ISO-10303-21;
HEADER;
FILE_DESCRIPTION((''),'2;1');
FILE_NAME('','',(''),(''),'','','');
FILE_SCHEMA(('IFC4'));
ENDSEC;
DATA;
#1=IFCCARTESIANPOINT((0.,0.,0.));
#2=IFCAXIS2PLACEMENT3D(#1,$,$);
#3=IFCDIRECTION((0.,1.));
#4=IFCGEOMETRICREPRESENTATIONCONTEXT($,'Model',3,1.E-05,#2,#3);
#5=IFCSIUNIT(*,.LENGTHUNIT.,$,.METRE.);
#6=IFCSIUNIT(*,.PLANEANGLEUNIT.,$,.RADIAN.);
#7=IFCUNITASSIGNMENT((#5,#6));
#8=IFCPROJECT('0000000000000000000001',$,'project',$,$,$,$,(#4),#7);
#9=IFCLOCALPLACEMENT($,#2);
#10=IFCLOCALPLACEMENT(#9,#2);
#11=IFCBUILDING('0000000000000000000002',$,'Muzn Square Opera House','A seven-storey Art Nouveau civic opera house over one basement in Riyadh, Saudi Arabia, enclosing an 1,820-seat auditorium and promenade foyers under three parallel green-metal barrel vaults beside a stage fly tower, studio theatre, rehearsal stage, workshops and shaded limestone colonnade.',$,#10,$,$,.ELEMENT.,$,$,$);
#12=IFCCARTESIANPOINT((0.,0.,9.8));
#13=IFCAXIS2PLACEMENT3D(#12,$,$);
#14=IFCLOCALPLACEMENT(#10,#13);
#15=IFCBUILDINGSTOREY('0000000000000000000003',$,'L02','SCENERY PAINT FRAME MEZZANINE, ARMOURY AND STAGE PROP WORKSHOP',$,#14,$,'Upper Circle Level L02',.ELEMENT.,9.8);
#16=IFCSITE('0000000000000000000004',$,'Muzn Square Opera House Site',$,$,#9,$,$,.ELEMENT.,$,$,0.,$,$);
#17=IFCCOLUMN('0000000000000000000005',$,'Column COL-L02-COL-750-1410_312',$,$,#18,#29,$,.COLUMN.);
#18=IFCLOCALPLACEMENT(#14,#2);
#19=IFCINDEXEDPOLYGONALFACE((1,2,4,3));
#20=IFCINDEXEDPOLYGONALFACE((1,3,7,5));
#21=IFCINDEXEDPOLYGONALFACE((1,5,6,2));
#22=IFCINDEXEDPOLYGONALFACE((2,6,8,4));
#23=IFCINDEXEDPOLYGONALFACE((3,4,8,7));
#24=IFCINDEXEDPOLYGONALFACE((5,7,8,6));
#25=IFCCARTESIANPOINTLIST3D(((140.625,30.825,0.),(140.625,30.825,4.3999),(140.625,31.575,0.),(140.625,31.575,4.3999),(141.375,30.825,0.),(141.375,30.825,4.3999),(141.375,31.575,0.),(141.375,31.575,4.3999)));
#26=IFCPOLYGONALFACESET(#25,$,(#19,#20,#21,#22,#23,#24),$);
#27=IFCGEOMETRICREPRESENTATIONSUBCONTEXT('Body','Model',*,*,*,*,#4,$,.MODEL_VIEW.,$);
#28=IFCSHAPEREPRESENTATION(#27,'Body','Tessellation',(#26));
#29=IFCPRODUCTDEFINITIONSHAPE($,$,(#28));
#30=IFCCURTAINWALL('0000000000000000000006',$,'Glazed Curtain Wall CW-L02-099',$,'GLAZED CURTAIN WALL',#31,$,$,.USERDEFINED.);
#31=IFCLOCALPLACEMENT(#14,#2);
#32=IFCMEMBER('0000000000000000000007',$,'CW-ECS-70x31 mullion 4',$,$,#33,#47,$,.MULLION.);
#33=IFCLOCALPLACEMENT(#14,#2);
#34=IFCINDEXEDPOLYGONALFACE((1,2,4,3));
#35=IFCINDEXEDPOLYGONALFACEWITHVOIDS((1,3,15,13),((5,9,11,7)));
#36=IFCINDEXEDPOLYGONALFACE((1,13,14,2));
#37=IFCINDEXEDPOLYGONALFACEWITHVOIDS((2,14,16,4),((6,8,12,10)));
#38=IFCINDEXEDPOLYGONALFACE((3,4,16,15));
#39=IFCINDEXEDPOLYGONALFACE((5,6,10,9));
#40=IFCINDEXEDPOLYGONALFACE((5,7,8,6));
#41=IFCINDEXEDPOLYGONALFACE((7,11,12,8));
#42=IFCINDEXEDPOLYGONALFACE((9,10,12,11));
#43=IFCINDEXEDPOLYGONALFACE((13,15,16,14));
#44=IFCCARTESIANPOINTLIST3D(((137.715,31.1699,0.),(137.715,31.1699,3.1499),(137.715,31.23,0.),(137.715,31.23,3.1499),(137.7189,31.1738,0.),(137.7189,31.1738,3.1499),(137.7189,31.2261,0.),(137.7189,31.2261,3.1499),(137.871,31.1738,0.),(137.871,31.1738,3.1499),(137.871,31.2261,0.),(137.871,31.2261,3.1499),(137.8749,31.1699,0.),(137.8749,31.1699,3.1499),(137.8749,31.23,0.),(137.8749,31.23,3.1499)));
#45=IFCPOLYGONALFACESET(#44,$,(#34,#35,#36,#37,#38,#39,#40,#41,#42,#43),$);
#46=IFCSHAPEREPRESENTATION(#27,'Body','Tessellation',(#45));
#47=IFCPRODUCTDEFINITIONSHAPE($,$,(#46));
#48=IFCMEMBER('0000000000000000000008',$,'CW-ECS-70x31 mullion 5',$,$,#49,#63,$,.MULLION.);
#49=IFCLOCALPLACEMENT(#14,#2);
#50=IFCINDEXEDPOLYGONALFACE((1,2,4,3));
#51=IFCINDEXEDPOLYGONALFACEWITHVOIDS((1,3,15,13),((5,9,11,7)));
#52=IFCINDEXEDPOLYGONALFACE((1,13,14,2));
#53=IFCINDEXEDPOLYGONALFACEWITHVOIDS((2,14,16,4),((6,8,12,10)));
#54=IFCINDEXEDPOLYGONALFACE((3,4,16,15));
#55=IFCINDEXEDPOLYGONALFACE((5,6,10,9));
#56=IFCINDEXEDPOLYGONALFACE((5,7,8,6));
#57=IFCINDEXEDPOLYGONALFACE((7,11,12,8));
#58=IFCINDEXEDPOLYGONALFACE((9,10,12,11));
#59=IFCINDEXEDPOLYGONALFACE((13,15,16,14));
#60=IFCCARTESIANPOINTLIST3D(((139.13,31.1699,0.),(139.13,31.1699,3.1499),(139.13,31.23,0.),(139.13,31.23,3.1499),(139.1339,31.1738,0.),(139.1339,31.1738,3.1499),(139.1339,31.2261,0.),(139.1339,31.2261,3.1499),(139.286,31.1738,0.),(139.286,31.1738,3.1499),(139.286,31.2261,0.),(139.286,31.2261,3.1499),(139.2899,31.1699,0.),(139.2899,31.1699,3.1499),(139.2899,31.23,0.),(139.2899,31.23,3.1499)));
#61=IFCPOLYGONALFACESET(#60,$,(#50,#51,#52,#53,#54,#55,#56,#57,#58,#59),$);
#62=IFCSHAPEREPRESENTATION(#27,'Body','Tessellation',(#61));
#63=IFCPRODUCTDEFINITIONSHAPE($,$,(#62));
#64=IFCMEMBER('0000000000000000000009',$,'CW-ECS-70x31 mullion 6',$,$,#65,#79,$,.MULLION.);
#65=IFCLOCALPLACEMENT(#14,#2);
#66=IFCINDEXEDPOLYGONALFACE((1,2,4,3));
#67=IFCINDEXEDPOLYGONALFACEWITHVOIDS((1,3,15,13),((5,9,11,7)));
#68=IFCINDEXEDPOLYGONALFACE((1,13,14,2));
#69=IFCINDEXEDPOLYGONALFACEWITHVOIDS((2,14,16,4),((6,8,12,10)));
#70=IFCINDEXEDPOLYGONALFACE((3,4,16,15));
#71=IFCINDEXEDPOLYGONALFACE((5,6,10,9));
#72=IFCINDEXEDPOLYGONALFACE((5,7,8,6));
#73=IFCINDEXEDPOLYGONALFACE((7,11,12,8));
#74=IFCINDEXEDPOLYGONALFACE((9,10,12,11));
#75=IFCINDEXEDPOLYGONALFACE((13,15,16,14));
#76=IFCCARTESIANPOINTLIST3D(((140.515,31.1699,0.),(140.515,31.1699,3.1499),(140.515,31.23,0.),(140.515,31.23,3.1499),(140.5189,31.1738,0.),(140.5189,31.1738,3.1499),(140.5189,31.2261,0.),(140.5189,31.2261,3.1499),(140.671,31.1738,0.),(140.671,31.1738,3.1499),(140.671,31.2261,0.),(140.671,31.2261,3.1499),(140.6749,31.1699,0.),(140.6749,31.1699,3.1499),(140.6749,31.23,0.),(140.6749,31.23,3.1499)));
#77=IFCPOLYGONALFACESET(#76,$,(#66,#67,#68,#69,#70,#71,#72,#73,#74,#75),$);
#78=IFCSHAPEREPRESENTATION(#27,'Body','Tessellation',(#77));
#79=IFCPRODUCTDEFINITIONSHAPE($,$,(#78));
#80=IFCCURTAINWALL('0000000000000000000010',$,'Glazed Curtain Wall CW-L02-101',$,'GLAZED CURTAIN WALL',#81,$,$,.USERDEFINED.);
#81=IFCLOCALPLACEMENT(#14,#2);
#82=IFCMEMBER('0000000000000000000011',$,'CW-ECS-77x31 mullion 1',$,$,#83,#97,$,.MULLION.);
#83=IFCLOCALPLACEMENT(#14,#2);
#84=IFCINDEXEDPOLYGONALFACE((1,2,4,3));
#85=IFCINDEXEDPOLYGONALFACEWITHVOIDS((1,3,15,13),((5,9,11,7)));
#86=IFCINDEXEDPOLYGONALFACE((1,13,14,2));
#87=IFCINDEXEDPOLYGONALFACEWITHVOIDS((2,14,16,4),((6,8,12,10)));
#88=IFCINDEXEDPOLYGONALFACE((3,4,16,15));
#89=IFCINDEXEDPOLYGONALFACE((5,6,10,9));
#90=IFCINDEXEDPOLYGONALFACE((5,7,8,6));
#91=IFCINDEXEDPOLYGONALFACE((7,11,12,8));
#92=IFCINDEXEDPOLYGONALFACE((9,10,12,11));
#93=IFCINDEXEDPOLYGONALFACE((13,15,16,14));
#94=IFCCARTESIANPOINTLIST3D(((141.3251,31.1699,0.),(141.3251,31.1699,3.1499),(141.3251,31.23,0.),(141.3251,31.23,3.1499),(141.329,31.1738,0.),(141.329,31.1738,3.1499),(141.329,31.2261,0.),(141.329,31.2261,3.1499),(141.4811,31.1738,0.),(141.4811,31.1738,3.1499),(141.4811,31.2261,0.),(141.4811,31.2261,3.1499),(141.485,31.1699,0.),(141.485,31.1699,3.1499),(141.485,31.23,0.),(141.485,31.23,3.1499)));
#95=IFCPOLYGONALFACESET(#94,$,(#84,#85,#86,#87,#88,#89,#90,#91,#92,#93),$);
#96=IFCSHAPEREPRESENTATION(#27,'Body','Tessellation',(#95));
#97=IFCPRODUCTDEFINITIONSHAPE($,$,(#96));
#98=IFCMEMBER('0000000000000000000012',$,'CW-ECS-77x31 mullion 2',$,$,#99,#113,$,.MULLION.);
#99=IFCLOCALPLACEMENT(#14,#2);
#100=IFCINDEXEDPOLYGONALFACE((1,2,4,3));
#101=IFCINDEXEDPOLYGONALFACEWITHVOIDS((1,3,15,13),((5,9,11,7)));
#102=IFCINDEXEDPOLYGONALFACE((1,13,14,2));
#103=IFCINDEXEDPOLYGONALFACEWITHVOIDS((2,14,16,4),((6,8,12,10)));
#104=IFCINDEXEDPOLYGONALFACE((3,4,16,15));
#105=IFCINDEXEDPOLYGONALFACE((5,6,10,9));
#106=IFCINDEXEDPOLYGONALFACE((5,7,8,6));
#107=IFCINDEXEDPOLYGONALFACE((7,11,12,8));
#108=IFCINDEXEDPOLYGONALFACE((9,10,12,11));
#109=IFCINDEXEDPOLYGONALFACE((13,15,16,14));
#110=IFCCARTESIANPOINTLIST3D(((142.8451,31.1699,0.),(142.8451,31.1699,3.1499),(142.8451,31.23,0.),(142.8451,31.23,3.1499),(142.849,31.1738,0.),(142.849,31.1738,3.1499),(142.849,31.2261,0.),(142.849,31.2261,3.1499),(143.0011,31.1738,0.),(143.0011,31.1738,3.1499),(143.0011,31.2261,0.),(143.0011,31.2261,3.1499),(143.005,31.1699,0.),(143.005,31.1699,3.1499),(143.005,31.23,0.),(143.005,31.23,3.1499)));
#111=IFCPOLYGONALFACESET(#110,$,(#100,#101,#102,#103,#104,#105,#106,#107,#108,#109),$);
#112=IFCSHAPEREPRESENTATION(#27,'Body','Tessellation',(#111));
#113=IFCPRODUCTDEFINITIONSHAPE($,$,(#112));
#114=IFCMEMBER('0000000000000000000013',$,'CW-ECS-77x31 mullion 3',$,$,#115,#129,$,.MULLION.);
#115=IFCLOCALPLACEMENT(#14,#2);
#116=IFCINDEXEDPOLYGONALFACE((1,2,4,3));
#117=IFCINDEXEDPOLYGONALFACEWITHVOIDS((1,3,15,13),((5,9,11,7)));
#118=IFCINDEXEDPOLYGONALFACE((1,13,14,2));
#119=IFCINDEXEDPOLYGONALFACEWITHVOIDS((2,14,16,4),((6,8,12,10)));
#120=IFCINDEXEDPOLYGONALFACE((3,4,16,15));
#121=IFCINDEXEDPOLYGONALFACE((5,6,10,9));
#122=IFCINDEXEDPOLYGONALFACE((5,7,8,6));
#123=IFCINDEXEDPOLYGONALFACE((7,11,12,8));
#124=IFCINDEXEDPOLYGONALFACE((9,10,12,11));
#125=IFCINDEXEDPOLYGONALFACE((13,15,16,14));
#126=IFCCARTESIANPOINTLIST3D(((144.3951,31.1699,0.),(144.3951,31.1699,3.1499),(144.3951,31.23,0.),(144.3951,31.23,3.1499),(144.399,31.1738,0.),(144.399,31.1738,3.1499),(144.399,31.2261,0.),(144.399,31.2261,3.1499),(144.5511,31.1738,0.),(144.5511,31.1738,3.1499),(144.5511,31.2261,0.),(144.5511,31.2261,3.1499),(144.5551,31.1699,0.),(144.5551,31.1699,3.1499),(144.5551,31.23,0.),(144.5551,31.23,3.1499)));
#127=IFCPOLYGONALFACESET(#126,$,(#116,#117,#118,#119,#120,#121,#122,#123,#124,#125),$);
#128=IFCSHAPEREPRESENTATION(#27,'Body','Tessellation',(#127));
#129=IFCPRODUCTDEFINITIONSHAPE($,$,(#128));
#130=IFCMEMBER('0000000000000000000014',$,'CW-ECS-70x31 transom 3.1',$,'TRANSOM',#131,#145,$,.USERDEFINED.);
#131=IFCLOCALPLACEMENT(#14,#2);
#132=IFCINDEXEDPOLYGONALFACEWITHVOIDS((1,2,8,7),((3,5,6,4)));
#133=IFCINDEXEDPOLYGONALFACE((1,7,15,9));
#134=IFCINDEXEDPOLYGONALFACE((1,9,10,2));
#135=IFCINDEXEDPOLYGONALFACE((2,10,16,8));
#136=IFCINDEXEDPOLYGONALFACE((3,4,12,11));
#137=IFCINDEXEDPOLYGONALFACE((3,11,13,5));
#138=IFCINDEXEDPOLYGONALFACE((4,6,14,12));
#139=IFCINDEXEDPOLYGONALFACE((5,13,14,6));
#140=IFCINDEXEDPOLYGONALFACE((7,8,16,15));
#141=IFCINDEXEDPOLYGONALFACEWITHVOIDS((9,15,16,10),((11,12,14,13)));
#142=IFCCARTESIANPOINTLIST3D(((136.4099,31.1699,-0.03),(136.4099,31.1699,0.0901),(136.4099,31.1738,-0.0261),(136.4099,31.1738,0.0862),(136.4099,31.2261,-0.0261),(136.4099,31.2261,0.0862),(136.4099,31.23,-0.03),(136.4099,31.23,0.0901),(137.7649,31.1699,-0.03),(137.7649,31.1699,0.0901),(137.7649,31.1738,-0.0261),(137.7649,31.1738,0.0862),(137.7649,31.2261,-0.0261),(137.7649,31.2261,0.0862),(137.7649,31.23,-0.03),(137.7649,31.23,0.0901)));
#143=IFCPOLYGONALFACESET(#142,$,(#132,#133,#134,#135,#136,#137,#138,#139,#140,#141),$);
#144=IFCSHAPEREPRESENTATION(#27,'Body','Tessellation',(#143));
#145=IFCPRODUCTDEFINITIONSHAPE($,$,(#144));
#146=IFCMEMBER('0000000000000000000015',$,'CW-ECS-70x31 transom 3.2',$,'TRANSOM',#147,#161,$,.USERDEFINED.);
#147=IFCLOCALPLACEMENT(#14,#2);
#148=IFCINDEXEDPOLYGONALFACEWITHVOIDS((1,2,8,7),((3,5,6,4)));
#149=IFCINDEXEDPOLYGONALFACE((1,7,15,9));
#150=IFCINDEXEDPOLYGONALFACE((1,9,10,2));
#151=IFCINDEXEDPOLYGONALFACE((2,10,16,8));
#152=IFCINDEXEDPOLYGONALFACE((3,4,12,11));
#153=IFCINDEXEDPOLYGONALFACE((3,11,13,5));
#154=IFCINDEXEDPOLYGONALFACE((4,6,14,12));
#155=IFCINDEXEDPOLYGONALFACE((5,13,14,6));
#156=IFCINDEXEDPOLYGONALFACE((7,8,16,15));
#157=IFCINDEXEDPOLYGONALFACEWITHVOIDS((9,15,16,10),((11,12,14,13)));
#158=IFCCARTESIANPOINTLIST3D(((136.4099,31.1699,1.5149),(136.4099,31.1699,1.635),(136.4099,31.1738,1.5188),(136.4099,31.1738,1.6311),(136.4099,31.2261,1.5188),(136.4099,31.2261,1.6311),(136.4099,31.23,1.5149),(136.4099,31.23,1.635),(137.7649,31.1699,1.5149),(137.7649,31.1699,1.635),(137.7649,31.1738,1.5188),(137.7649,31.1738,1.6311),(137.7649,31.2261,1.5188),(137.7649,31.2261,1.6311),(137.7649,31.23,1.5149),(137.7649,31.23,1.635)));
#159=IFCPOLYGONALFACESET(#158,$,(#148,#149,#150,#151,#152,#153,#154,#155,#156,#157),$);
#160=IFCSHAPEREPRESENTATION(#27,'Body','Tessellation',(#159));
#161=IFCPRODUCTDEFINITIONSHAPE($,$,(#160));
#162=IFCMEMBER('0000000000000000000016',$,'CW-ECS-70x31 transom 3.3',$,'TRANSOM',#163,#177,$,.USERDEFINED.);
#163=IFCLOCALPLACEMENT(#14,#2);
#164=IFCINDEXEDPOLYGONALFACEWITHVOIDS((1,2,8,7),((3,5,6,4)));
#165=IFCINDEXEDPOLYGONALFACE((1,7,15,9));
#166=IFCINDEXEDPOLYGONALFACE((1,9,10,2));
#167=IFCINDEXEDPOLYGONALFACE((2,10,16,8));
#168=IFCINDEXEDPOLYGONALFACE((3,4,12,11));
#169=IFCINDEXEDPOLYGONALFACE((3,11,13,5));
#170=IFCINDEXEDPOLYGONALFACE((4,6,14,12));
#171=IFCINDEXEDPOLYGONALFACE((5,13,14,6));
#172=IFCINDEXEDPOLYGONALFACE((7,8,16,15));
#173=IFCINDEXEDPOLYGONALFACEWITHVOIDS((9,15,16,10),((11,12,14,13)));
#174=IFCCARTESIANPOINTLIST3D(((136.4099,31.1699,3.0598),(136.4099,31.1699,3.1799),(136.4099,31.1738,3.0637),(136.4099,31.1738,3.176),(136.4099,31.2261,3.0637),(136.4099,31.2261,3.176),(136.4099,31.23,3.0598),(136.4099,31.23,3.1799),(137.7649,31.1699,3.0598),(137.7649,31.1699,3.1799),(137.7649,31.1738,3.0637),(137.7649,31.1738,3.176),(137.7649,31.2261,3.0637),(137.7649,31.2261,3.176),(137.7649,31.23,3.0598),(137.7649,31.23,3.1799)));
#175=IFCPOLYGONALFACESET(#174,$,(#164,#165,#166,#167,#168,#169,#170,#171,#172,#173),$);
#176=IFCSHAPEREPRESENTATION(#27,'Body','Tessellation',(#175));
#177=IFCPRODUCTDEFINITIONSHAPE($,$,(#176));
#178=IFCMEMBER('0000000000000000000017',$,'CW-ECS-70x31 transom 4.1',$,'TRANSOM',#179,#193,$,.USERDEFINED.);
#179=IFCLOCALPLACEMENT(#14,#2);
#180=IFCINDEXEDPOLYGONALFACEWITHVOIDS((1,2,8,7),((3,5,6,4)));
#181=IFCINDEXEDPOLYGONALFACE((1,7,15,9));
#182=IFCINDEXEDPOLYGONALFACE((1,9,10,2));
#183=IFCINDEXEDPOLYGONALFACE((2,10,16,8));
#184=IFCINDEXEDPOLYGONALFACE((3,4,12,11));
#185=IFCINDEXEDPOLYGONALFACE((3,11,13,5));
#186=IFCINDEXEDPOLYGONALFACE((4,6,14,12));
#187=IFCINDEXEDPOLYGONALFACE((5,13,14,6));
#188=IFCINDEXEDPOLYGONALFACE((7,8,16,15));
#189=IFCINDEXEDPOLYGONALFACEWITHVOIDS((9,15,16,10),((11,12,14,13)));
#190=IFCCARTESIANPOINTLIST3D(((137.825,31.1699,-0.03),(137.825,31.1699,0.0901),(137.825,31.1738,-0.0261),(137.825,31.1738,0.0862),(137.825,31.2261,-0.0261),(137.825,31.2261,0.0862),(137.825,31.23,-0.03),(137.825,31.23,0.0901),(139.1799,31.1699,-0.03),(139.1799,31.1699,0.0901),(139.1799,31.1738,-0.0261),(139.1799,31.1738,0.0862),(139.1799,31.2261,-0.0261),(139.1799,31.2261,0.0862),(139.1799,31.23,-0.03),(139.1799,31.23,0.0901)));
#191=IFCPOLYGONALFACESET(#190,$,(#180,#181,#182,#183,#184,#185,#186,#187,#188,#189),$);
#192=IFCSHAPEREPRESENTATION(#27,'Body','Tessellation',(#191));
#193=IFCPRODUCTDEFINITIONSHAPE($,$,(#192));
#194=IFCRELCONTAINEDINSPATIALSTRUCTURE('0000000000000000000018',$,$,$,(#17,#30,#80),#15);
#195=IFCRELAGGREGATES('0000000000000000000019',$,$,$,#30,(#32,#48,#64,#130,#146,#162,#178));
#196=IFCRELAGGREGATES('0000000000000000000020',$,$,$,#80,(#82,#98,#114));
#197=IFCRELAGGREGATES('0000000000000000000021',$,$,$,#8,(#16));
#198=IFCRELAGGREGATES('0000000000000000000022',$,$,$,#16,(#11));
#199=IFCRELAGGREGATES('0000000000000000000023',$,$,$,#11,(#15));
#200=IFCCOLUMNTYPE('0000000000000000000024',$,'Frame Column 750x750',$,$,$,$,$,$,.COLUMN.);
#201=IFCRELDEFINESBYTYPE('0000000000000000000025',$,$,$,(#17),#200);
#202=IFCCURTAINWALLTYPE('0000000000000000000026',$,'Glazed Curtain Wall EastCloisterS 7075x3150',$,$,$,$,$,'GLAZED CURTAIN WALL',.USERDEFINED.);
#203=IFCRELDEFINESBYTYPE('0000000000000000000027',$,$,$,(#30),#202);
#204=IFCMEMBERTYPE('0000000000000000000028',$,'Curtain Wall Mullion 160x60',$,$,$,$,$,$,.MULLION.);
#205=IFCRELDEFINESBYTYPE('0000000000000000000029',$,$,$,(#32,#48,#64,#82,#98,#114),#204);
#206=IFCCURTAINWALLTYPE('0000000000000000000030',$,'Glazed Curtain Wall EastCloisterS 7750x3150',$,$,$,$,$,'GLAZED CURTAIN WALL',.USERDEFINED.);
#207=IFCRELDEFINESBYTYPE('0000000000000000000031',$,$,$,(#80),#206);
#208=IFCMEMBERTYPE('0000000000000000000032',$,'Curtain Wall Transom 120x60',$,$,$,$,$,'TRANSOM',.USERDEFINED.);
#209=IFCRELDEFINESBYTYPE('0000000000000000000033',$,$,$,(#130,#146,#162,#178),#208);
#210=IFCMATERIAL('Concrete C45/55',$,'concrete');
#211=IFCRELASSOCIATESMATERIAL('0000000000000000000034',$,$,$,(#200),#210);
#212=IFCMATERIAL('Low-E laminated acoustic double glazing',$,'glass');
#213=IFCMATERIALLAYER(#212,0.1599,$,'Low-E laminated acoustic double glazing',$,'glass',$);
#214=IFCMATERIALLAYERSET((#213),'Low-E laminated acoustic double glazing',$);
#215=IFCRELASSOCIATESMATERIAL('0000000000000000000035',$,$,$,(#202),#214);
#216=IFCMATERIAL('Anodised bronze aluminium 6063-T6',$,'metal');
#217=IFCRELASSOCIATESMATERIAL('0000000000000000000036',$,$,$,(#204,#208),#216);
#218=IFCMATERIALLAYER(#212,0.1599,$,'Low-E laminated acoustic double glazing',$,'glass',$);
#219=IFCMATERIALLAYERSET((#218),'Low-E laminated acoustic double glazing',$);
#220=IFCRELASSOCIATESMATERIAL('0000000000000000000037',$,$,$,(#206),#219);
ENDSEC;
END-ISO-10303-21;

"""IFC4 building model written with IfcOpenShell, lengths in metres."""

from ifc_helpers import new_model, si_unit, direction, frame, origin, origin_2d, place, context, subcontext, project, spatial, rectangle, hollow_rectangle, extrude, material, layer, layer_set, material_profile, profile_set, type_object, element, aggregate, save


model = new_model("IFC4")

# Units and contexts
model_context = context("Model", 3, precision=1e-05, world=origin(), true_north=direction((0.0, 1.0)))
body_context = subcontext(model_context, "Body", "Model", "MODEL_VIEW")
ifc_project = project(units=[si_unit("LENGTHUNIT", "METRE"), si_unit("PLANEANGLEUNIT", "RADIAN")], contexts=[model_context])

# Site, building, storey
site_placement = place(None, origin())
site = spatial("IfcSite", under=ifc_project, at=site_placement, Name="Muzn Square Opera House Site", CompositionType="ELEMENT", RefElevation=0.0)
building_placement = place(site_placement, origin())
building = spatial("IfcBuilding", under=site, at=building_placement, Name="Muzn Square Opera House", Description="A seven-storey Art Nouveau civic opera house over one basement in Riyadh, Saudi Arabia, enclosing an 1,820-seat auditorium and promenade foyers under three parallel green-metal barrel vaults beside a stage fly tower, studio theatre, rehearsal stage, workshops and shaded limestone colonnade.", CompositionType="ELEMENT")
storey_placement = place(building_placement, frame((0.0, 0.0, 9.8)))
storey = spatial("IfcBuildingStorey", under=building, at=storey_placement, Name="L02", Description="SCENERY PAINT FRAME MEZZANINE, ARMOURY AND STAGE PROP WORKSHOP", LongName="Upper Circle Level L02", CompositionType="ELEMENT", Elevation=9.8)

# Column
ifc_material_1 = material(Name="Concrete C45/55", Category="concrete")
ifc_material_profile_1 = material_profile(ifc_material_1, rectangle(XDim=0.75, YDim=0.75, at=origin_2d()), Name="RC 750x750", Category="concrete")
ifc_profile_set_1 = profile_set([ifc_material_profile_1], Name="Concrete C45/55")
column_type = type_object("IfcColumnType", Name="Frame Column 750x750", PredefinedType="COLUMN", material=ifc_profile_set_1)
column_placement = place(storey_placement, frame((141.0, 31.2, 0.0), z_axis=(0.0, 0.0, 1.0), x_axis=(1.0, 0.0, 0.0)))
element("IfcColumn", 1, at=column_placement, inside=storey, type_object=column_type, Name="Column COL-L02-COL-750-1410_312", PredefinedType="COLUMN", context=body_context, shape_type="SweptSolid", body=[
    extrude(rectangle(XDim=0.75, YDim=0.75, at=origin_2d()), origin(), (0.0, 0.0, 1.0), 4.3999),
])

# Curtain walls, members
ifc_material_2 = material(Name="Low-E laminated acoustic double glazing", Category="glass")
ifc_layer_1 = layer(ifc_material_2, 0.1599, Name="Low-E laminated acoustic double glazing", Category="glass")
ifc_layer_set_1 = layer_set([ifc_layer_1], Name="Low-E laminated acoustic double glazing")
curtain_wall_type_1 = type_object("IfcCurtainWallType", Name="Glazed Curtain Wall EastCloisterS 7075x3150", ElementType="GLAZED CURTAIN WALL", PredefinedType="USERDEFINED", material=ifc_layer_set_1)
curtain_wall_1_placement = place(storey_placement, origin())
curtain_wall_1 = element("IfcCurtainWall", 2, at=curtain_wall_1_placement, inside=storey, type_object=curtain_wall_type_1, Name="Glazed Curtain Wall CW-L02-099", ObjectType="GLAZED CURTAIN WALL", PredefinedType="USERDEFINED")
ifc_material_3 = material(Name="Anodised bronze aluminium 6063-T6", Category="metal")
ifc_material_profile_2 = material_profile(ifc_material_3, hollow_rectangle(XDim=0.0601, YDim=0.1599, WallThickness=0.0039, at=origin_2d()), Name="ALU 160x60x4", Category="metal")
ifc_profile_set_2 = profile_set([ifc_material_profile_2], Name="Anodised bronze aluminium 6063-T6")
member_type_1 = type_object("IfcMemberType", Name="Curtain Wall Mullion 160x60", PredefinedType="MULLION", material=ifc_profile_set_2)
member_1_placement = place(storey_placement, frame((137.7949, 31.2, 0.0), z_axis=(0.0, 0.0, 1.0), x_axis=(0.0, 1.0, 0.0)))
member_1 = element("IfcMember", 3, at=member_1_placement, type_object=member_type_1, Name="CW-ECS-70x31 mullion 4", PredefinedType="MULLION", context=body_context, shape_type="SweptSolid", body=[
    extrude(hollow_rectangle(XDim=0.0601, YDim=0.1599, WallThickness=0.0039, at=origin_2d()), origin(), (0.0, 0.0, 1.0), 3.1499),
])
member_2_placement = place(storey_placement, frame((139.21, 31.2, 0.0), z_axis=(0.0, 0.0, 1.0), x_axis=(0.0, 1.0, 0.0)))
member_2 = element("IfcMember", 4, at=member_2_placement, type_object=member_type_1, Name="CW-ECS-70x31 mullion 5", PredefinedType="MULLION", context=body_context, shape_type="SweptSolid", body=[
    extrude(hollow_rectangle(XDim=0.0601, YDim=0.1599, WallThickness=0.0039, at=origin_2d()), origin(), (0.0, 0.0, 1.0), 3.1499),
])
member_3_placement = place(storey_placement, frame((140.595, 31.2, 0.0), z_axis=(0.0, 0.0, 1.0), x_axis=(0.0, 1.0, 0.0)))
member_3 = element("IfcMember", 5, at=member_3_placement, type_object=member_type_1, Name="CW-ECS-70x31 mullion 6", PredefinedType="MULLION", context=body_context, shape_type="SweptSolid", body=[
    extrude(hollow_rectangle(XDim=0.0601, YDim=0.1599, WallThickness=0.0039, at=origin_2d()), origin(), (0.0, 0.0, 1.0), 3.1499),
])
ifc_layer_2 = layer(ifc_material_2, 0.1599, Name="Low-E laminated acoustic double glazing", Category="glass")
ifc_layer_set_2 = layer_set([ifc_layer_2], Name="Low-E laminated acoustic double glazing")
curtain_wall_type_2 = type_object("IfcCurtainWallType", Name="Glazed Curtain Wall EastCloisterS 7750x3150", ElementType="GLAZED CURTAIN WALL", PredefinedType="USERDEFINED", material=ifc_layer_set_2)
curtain_wall_2_placement = place(storey_placement, origin())
curtain_wall_2 = element("IfcCurtainWall", 6, at=curtain_wall_2_placement, inside=storey, type_object=curtain_wall_type_2, Name="Glazed Curtain Wall CW-L02-101", ObjectType="GLAZED CURTAIN WALL", PredefinedType="USERDEFINED")
member_4_placement = place(storey_placement, frame((141.405, 31.2, 0.0), z_axis=(0.0, 0.0, 1.0), x_axis=(0.0, 1.0, 0.0)))
member_4 = element("IfcMember", 7, at=member_4_placement, type_object=member_type_1, Name="CW-ECS-77x31 mullion 1", PredefinedType="MULLION", context=body_context, shape_type="SweptSolid", body=[
    extrude(hollow_rectangle(XDim=0.0601, YDim=0.1599, WallThickness=0.0039, at=origin_2d()), origin(), (0.0, 0.0, 1.0), 3.1499),
])
member_5_placement = place(storey_placement, frame((142.925, 31.2, 0.0), z_axis=(0.0, 0.0, 1.0), x_axis=(0.0, 1.0, 0.0)))
member_5 = element("IfcMember", 8, at=member_5_placement, type_object=member_type_1, Name="CW-ECS-77x31 mullion 2", PredefinedType="MULLION", context=body_context, shape_type="SweptSolid", body=[
    extrude(hollow_rectangle(XDim=0.0601, YDim=0.1599, WallThickness=0.0039, at=origin_2d()), origin(), (0.0, 0.0, 1.0), 3.1499),
])
member_6_placement = place(storey_placement, frame((144.4751, 31.2, 0.0), z_axis=(0.0, 0.0, 1.0), x_axis=(0.0, 1.0, 0.0)))
member_6 = element("IfcMember", 9, at=member_6_placement, type_object=member_type_1, Name="CW-ECS-77x31 mullion 3", PredefinedType="MULLION", context=body_context, shape_type="SweptSolid", body=[
    extrude(hollow_rectangle(XDim=0.0601, YDim=0.1599, WallThickness=0.0039, at=origin_2d()), origin(), (0.0, 0.0, 1.0), 3.1499),
])

# Members
ifc_material_profile_3 = material_profile(ifc_material_3, hollow_rectangle(XDim=0.0601, YDim=0.1201, WallThickness=0.0039, at=origin_2d()), Name="ALU 120x60x4", Category="metal")
ifc_profile_set_3 = profile_set([ifc_material_profile_3], Name="Anodised bronze aluminium 6063-T6")
member_type_2 = type_object("IfcMemberType", Name="Curtain Wall Transom 120x60", ElementType="TRANSOM", PredefinedType="USERDEFINED", material=ifc_profile_set_3)
member_7_placement = place(storey_placement, frame((136.4099, 31.2, 0.03), z_axis=(1.0, 0.0, 0.0), x_axis=(0.0, 1.0, 0.0)))
member_7 = element("IfcMember", 10, at=member_7_placement, type_object=member_type_2, Name="CW-ECS-70x31 transom 3.1", ObjectType="TRANSOM", PredefinedType="USERDEFINED", context=body_context, shape_type="SweptSolid", body=[
    extrude(hollow_rectangle(XDim=0.0601, YDim=0.1201, WallThickness=0.0039, at=origin_2d()), origin(), (0.0, 0.0, 1.0), 1.355),
])
member_8_placement = place(storey_placement, frame((136.4099, 31.2, 1.575), z_axis=(1.0, 0.0, 0.0), x_axis=(0.0, 1.0, 0.0)))
member_8 = element("IfcMember", 11, at=member_8_placement, type_object=member_type_2, Name="CW-ECS-70x31 transom 3.2", ObjectType="TRANSOM", PredefinedType="USERDEFINED", context=body_context, shape_type="SweptSolid", body=[
    extrude(hollow_rectangle(XDim=0.0601, YDim=0.1201, WallThickness=0.0039, at=origin_2d()), origin(), (0.0, 0.0, 1.0), 1.355),
])
member_9_placement = place(storey_placement, frame((136.4099, 31.2, 3.1199), z_axis=(1.0, 0.0, 0.0), x_axis=(0.0, 1.0, 0.0)))
member_9 = element("IfcMember", 12, at=member_9_placement, type_object=member_type_2, Name="CW-ECS-70x31 transom 3.3", ObjectType="TRANSOM", PredefinedType="USERDEFINED", context=body_context, shape_type="SweptSolid", body=[
    extrude(hollow_rectangle(XDim=0.0601, YDim=0.1201, WallThickness=0.0039, at=origin_2d()), origin(), (0.0, 0.0, 1.0), 1.355),
])
member_10_placement = place(storey_placement, frame((137.825, 31.2, 0.03), z_axis=(1.0, 0.0, 0.0), x_axis=(0.0, 1.0, 0.0)))
member_10 = element("IfcMember", 13, at=member_10_placement, type_object=member_type_2, Name="CW-ECS-70x31 transom 4.1", ObjectType="TRANSOM", PredefinedType="USERDEFINED", context=body_context, shape_type="SweptSolid", body=[
    extrude(hollow_rectangle(XDim=0.0601, YDim=0.1201, WallThickness=0.0039, at=origin_2d()), origin(), (0.0, 0.0, 1.0), 1.355),
])

aggregate(curtain_wall_1, [member_1, member_2, member_3, member_7, member_8, member_9, member_10])
aggregate(curtain_wall_2, [member_4, member_5, member_6])

save(model, "model.ifc")
